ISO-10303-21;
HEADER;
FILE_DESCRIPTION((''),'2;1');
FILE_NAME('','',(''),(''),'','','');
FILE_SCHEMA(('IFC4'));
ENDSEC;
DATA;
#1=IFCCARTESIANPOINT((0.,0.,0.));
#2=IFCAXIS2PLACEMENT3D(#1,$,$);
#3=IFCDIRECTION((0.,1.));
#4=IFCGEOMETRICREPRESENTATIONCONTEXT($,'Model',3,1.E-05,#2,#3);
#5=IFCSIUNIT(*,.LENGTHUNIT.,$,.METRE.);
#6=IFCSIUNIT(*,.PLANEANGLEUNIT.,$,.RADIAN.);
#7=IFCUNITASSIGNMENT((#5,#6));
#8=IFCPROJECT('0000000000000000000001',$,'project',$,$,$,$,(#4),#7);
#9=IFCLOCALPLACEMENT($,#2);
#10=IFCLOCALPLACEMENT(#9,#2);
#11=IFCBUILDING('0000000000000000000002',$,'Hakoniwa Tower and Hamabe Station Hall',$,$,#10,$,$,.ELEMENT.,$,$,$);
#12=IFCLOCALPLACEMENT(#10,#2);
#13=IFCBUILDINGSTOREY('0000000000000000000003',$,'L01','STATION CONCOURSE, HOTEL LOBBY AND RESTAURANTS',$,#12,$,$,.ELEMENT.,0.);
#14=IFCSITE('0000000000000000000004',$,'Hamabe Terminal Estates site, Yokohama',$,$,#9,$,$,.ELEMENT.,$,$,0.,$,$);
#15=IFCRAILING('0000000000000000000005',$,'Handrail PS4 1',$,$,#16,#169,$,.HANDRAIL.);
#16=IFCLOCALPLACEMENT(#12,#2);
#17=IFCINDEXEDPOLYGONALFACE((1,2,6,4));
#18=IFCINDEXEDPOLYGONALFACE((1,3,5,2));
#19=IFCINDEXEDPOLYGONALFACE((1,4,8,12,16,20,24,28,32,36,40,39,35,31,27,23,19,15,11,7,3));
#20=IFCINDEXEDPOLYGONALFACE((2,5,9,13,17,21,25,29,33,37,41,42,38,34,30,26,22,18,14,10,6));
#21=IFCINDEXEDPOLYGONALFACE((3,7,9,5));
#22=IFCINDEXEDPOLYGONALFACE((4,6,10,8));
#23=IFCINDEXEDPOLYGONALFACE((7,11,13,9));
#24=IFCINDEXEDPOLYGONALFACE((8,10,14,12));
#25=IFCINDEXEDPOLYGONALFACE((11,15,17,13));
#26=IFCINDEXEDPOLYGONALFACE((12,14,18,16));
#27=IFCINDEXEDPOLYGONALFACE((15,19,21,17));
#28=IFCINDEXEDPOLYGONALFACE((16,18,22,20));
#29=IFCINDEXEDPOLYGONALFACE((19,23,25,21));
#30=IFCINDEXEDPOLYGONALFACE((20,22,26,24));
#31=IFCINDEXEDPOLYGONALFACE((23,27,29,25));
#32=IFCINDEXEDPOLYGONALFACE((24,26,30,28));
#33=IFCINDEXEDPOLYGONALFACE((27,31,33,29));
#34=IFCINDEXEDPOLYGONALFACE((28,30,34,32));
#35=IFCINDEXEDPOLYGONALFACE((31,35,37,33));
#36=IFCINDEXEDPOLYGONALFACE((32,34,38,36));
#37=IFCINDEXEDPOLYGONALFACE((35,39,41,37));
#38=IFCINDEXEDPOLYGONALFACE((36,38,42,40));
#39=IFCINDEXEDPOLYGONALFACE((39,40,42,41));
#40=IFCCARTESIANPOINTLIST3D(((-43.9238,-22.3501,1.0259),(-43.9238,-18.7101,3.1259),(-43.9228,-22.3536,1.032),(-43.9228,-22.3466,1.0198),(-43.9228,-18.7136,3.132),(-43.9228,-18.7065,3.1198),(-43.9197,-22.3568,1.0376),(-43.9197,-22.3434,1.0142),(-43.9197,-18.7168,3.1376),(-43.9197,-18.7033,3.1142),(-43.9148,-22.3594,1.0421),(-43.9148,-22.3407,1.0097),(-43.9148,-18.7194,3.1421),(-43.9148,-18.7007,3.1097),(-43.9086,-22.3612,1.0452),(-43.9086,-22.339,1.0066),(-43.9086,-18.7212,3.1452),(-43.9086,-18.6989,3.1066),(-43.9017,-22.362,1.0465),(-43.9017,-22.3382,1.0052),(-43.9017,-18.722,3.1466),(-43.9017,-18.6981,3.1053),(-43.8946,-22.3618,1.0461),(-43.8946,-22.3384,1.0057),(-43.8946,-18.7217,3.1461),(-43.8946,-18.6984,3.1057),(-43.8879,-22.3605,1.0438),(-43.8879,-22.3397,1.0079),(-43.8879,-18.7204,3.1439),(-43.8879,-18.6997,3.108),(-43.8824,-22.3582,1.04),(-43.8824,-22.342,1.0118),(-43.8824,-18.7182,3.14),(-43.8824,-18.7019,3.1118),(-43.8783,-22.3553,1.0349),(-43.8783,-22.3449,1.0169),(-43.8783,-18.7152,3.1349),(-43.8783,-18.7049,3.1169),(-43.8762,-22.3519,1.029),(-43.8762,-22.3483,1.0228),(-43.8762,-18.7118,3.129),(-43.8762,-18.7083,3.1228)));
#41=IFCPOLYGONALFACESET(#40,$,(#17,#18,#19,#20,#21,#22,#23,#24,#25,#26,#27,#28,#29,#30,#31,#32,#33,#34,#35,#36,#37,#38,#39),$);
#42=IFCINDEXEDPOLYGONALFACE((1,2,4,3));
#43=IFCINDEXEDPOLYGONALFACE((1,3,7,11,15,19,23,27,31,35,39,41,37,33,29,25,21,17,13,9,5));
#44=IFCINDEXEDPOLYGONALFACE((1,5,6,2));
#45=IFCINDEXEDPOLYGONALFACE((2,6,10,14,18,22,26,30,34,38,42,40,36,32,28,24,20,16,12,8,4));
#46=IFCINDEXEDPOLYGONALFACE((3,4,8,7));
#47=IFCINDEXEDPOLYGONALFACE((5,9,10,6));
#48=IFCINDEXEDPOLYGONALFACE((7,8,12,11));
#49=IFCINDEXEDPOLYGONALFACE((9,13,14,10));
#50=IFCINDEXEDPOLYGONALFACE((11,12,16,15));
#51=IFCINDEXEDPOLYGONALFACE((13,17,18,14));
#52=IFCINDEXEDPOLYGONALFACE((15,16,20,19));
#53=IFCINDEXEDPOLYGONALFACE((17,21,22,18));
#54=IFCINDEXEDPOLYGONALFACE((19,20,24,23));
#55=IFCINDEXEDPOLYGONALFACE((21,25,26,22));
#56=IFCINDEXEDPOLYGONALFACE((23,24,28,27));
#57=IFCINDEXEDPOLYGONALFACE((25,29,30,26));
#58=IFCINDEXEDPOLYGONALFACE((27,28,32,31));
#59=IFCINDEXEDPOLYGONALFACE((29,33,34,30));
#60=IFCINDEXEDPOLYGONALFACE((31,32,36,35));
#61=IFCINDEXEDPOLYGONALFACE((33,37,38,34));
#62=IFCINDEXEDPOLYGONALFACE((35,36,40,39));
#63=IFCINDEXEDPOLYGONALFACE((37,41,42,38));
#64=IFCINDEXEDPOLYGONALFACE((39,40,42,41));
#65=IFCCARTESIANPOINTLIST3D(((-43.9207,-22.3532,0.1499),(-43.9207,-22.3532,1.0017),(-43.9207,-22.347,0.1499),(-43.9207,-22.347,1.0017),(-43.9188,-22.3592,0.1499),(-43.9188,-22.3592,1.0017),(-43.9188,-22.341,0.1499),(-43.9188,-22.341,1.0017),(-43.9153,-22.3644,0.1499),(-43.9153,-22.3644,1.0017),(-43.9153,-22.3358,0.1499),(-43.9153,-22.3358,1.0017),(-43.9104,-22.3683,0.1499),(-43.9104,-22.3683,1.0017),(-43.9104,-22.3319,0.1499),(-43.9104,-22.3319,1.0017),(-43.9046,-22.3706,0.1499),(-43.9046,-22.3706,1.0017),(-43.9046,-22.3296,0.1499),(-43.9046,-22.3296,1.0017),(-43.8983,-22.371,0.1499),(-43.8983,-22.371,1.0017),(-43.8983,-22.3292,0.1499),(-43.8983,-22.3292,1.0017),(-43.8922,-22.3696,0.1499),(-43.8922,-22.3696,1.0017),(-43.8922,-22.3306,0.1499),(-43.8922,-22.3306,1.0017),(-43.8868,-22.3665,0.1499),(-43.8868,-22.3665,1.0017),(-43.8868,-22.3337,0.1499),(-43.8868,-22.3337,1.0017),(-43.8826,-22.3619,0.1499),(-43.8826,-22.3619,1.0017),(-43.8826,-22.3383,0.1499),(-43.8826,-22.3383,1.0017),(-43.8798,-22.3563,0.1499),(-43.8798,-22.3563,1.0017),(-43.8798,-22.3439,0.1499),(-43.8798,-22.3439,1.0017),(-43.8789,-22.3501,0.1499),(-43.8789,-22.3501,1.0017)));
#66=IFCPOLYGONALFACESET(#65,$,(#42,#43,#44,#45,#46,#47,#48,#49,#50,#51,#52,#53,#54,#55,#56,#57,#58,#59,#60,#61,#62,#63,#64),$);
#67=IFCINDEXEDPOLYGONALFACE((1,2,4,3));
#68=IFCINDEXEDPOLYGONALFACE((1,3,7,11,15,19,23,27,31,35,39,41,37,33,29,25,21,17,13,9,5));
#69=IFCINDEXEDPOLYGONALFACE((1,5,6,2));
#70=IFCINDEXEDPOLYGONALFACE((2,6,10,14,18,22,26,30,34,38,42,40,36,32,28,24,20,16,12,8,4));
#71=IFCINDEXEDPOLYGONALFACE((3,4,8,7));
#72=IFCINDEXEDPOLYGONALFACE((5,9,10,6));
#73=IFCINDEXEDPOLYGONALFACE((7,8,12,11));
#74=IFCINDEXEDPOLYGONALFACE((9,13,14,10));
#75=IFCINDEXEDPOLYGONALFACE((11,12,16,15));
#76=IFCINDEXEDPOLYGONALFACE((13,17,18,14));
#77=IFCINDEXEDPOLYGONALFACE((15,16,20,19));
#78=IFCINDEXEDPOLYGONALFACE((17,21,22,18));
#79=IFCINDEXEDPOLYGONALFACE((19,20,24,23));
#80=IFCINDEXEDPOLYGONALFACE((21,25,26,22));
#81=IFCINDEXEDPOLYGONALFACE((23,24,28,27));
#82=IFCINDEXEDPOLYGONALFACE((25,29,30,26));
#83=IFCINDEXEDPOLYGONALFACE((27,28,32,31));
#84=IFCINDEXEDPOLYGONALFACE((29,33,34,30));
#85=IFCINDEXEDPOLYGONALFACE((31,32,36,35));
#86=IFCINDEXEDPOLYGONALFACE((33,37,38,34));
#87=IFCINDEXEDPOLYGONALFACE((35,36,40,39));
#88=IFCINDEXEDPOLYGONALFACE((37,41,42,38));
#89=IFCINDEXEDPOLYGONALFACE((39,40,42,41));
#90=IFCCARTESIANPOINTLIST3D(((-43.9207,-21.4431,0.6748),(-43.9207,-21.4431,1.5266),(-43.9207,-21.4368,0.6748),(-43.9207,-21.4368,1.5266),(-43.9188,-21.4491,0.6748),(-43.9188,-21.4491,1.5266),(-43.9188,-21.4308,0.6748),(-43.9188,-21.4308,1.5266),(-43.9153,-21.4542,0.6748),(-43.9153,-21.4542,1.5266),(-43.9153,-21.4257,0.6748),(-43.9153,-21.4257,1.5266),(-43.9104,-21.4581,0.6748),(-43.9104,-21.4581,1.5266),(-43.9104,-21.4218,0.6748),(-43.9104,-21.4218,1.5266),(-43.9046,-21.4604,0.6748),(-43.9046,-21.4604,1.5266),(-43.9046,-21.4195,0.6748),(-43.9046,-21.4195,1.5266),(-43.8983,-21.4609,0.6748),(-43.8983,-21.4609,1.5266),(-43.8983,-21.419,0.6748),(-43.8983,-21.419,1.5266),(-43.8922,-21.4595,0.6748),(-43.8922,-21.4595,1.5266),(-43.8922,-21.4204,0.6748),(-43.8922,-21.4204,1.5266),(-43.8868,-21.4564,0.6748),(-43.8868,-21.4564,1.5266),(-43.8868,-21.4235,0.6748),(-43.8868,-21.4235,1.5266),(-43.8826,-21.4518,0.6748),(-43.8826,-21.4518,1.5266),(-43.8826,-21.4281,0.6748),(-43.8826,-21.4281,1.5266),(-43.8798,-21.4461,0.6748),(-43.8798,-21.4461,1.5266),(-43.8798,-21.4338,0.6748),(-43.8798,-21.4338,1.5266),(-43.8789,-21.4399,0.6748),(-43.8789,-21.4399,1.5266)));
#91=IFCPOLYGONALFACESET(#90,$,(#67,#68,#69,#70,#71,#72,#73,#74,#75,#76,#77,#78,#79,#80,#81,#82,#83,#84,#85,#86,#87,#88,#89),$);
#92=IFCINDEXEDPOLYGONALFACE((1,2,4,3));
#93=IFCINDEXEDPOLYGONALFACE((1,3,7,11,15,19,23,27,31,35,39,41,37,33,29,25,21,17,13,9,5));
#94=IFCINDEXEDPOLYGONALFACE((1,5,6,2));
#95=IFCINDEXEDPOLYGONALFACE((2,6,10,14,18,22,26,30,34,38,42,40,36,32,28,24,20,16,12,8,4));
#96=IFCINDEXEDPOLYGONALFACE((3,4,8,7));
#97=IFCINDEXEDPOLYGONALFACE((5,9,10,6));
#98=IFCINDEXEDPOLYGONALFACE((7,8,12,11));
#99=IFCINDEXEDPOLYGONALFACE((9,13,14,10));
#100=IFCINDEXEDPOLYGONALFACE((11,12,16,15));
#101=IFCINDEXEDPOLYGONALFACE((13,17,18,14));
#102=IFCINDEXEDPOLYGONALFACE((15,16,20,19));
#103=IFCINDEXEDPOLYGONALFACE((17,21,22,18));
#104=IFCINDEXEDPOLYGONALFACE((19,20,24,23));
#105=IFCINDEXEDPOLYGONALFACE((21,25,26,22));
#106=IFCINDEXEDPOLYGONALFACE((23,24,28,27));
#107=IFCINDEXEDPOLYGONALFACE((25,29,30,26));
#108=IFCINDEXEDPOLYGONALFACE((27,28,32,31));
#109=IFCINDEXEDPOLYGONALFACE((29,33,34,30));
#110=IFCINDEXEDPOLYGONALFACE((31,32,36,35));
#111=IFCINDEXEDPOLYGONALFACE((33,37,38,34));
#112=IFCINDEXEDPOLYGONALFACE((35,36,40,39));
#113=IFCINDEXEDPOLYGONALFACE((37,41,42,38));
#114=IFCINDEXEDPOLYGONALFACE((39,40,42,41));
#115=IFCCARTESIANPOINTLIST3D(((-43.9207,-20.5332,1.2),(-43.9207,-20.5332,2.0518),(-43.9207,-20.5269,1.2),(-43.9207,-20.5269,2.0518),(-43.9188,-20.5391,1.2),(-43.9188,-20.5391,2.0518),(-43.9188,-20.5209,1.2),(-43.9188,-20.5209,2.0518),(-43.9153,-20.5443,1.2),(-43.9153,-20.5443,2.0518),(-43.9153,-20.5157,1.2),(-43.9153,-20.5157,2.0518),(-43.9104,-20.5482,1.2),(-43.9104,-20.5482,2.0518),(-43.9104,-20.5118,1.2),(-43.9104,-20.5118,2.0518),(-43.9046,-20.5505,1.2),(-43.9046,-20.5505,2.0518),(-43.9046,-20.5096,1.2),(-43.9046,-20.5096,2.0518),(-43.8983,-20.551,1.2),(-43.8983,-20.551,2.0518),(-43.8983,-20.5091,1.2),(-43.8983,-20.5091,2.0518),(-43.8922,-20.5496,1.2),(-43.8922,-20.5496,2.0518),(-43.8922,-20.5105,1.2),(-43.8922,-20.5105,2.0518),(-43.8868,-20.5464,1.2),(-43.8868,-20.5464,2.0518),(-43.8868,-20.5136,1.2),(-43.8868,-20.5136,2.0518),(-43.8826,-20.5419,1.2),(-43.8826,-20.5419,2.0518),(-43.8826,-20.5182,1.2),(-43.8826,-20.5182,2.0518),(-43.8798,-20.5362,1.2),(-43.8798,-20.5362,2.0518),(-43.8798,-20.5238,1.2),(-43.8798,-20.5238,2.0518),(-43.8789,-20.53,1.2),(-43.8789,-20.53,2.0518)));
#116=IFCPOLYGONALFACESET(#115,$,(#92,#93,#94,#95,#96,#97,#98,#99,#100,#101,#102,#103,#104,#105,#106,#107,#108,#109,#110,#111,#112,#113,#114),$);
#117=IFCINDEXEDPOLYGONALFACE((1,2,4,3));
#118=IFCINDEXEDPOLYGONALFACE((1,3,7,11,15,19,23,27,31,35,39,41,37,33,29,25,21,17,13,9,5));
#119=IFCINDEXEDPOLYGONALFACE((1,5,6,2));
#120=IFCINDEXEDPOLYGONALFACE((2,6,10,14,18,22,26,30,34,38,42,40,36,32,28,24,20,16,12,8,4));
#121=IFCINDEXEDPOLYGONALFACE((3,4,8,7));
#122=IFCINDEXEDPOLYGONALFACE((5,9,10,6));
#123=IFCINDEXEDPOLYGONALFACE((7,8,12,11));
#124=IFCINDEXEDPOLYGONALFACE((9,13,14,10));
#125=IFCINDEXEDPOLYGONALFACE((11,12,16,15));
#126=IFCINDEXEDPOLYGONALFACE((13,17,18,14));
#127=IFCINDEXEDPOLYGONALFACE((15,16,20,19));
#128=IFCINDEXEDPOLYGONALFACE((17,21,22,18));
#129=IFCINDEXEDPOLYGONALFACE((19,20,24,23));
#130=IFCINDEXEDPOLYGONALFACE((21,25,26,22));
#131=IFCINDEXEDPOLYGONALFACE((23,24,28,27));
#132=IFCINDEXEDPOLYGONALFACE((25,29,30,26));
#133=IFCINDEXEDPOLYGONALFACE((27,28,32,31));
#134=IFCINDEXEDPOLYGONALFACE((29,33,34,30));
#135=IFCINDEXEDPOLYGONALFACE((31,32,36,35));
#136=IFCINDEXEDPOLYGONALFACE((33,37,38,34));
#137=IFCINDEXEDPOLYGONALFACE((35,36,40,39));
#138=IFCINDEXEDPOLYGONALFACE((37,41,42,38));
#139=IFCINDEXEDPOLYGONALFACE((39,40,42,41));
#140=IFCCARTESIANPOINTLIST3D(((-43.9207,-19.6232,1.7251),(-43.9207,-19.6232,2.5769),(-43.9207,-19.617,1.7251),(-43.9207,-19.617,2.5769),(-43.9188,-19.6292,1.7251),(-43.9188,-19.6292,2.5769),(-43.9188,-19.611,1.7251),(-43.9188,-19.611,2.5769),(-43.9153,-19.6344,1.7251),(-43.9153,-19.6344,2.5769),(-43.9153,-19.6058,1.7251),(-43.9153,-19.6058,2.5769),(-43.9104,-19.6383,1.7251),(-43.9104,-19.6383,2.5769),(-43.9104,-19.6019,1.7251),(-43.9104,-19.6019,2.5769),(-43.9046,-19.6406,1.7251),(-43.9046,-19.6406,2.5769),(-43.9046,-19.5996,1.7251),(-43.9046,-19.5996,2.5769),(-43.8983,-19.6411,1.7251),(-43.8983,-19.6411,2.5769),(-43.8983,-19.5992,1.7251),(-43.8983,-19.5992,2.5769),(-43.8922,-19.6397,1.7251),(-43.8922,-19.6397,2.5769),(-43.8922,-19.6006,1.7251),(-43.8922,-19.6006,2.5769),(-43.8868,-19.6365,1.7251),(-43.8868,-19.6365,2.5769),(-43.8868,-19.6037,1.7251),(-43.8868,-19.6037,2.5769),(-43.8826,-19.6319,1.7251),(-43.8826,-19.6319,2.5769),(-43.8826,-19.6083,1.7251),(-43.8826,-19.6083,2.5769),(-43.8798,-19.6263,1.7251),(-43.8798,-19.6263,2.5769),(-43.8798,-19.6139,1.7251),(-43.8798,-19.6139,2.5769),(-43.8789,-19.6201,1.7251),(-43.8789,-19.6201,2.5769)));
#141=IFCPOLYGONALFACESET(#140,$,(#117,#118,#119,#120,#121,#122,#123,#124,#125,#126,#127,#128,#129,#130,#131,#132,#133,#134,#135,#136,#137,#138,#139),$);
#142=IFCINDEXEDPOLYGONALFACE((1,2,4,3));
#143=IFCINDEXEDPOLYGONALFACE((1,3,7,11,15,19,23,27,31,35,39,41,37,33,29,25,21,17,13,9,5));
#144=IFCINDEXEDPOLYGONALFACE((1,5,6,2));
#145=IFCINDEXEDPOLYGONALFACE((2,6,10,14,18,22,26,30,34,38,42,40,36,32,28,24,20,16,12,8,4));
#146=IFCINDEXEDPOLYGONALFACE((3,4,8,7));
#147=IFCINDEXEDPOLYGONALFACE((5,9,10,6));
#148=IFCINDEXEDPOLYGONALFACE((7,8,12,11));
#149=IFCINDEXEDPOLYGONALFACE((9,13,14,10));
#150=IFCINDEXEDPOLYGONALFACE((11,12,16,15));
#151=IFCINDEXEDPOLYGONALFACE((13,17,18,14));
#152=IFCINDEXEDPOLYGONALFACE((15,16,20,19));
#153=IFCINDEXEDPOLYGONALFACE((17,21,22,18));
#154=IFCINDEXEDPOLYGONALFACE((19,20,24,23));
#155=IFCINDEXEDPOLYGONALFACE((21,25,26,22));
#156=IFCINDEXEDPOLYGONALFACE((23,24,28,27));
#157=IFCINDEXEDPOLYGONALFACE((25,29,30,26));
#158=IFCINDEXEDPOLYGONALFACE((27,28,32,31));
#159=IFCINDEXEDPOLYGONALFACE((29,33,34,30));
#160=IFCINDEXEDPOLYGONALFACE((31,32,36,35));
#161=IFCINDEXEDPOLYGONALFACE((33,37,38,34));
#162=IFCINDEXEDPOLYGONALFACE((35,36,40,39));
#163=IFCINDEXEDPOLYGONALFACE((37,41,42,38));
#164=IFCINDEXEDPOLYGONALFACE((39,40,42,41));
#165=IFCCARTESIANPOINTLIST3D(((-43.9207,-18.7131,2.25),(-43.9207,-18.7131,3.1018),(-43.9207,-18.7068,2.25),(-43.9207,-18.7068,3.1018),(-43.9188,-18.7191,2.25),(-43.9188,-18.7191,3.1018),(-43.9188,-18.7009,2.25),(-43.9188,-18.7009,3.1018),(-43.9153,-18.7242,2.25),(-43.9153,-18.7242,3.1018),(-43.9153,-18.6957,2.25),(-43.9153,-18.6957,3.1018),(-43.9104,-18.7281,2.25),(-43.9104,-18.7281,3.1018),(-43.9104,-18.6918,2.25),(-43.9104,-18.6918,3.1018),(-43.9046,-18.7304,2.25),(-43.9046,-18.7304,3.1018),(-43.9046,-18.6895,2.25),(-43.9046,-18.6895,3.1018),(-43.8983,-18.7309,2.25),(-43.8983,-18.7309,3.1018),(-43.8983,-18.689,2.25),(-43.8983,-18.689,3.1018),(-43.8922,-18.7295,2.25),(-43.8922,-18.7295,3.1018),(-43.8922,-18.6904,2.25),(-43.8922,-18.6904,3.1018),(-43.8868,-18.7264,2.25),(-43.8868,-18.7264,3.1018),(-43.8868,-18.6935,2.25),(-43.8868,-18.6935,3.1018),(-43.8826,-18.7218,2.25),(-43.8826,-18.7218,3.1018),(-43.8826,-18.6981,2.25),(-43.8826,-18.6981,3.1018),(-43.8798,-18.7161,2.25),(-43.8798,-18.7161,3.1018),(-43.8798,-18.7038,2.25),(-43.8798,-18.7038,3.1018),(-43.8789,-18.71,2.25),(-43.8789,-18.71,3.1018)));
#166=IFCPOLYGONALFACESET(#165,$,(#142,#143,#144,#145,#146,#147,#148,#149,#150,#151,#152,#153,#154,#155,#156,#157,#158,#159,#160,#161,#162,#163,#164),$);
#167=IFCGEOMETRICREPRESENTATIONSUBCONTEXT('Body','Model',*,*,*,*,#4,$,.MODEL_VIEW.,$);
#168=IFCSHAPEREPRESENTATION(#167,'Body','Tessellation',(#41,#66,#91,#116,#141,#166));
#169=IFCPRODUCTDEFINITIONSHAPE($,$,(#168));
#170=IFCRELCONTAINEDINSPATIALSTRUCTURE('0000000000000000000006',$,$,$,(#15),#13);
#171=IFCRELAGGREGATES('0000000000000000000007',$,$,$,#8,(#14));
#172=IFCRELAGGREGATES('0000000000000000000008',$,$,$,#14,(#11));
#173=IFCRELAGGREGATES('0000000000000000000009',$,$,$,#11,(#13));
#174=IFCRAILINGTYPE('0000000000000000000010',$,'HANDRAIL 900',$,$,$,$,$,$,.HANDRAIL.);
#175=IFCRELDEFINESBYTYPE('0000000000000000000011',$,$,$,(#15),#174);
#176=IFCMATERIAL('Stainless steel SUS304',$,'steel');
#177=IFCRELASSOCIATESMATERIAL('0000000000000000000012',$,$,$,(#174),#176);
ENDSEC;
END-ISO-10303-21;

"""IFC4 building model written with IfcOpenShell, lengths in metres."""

from ifc_helpers import new_model, si_unit, direction, frame, origin, origin_2d, place, context, subcontext, project, spatial, circle, extrude, material, type_object, element, save


model = new_model("IFC4")

# Units and contexts
model_context = context("Model", 3, precision=1e-05, world=origin(), true_north=direction((0.0, 1.0)))
body_context = subcontext(model_context, "Body", "Model", "MODEL_VIEW")
ifc_project = project(units=[si_unit("LENGTHUNIT", "METRE"), si_unit("PLANEANGLEUNIT", "RADIAN")], contexts=[model_context])

# Site, building, storey
site_placement = place(None, origin())
site = spatial("IfcSite", under=ifc_project, at=site_placement, Name="Hamabe Terminal Estates site, Yokohama", CompositionType="ELEMENT", RefElevation=0.0)
building_placement = place(site_placement, origin())
building = spatial("IfcBuilding", under=site, at=building_placement, Name="Hakoniwa Tower and Hamabe Station Hall", CompositionType="ELEMENT")
storey_placement = place(building_placement, origin())
storey = spatial("IfcBuildingStorey", under=building, at=storey_placement, Name="L01", Description="STATION CONCOURSE, HOTEL LOBBY AND RESTAURANTS", CompositionType="ELEMENT", Elevation=0.0)

# Railing
ifc_material_1 = material(Name="Stainless steel SUS304", Category="steel")
railing_type_1 = type_object("IfcRailingType", Name="HANDRAIL 900", PredefinedType="HANDRAIL", material=ifc_material_1)
for number, where, name in (
    (1, (-43.8999, -22.3501, 0.1499), "Handrail PS4 1"),
):
    element("IfcRailing", number, at=place(storey_placement, frame(where)), inside=storey, type_object=railing_type_1, Name=name, PredefinedType="HANDRAIL", context=body_context, shape_type="SweptSolid", body=[
        extrude(circle(Radius=0.0239, at=origin_2d()), frame((0.0, 0.0, 0.876), z_axis=(0.0, 0.866184, 0.499726), x_axis=(-1.0, 0.0, 0.0)), (0.0, 0.0, 1.0), 4.2024),
        extrude(circle(Radius=0.021, at=origin_2d()), origin(), (0.0, 0.0, 1.0), 0.8518),
        extrude(circle(Radius=0.021, at=origin_2d()), frame((0.0, 0.9102, 0.5249)), (0.0, 0.0, 1.0), 0.8518),
        extrude(circle(Radius=0.021, at=origin_2d()), frame((0.0, 1.8201, 1.05)), (0.0, 0.0, 1.0), 0.8518),
        extrude(circle(Radius=0.021, at=origin_2d()), frame((0.0, 2.73, 1.5752)), (0.0, 0.0, 1.0), 0.8518),
        extrude(circle(Radius=0.021, at=origin_2d()), frame((0.0, 3.6401, 2.1001)), (0.0, 0.0, 1.0), 0.8518),
    ])

save(model, "model.ifc")
